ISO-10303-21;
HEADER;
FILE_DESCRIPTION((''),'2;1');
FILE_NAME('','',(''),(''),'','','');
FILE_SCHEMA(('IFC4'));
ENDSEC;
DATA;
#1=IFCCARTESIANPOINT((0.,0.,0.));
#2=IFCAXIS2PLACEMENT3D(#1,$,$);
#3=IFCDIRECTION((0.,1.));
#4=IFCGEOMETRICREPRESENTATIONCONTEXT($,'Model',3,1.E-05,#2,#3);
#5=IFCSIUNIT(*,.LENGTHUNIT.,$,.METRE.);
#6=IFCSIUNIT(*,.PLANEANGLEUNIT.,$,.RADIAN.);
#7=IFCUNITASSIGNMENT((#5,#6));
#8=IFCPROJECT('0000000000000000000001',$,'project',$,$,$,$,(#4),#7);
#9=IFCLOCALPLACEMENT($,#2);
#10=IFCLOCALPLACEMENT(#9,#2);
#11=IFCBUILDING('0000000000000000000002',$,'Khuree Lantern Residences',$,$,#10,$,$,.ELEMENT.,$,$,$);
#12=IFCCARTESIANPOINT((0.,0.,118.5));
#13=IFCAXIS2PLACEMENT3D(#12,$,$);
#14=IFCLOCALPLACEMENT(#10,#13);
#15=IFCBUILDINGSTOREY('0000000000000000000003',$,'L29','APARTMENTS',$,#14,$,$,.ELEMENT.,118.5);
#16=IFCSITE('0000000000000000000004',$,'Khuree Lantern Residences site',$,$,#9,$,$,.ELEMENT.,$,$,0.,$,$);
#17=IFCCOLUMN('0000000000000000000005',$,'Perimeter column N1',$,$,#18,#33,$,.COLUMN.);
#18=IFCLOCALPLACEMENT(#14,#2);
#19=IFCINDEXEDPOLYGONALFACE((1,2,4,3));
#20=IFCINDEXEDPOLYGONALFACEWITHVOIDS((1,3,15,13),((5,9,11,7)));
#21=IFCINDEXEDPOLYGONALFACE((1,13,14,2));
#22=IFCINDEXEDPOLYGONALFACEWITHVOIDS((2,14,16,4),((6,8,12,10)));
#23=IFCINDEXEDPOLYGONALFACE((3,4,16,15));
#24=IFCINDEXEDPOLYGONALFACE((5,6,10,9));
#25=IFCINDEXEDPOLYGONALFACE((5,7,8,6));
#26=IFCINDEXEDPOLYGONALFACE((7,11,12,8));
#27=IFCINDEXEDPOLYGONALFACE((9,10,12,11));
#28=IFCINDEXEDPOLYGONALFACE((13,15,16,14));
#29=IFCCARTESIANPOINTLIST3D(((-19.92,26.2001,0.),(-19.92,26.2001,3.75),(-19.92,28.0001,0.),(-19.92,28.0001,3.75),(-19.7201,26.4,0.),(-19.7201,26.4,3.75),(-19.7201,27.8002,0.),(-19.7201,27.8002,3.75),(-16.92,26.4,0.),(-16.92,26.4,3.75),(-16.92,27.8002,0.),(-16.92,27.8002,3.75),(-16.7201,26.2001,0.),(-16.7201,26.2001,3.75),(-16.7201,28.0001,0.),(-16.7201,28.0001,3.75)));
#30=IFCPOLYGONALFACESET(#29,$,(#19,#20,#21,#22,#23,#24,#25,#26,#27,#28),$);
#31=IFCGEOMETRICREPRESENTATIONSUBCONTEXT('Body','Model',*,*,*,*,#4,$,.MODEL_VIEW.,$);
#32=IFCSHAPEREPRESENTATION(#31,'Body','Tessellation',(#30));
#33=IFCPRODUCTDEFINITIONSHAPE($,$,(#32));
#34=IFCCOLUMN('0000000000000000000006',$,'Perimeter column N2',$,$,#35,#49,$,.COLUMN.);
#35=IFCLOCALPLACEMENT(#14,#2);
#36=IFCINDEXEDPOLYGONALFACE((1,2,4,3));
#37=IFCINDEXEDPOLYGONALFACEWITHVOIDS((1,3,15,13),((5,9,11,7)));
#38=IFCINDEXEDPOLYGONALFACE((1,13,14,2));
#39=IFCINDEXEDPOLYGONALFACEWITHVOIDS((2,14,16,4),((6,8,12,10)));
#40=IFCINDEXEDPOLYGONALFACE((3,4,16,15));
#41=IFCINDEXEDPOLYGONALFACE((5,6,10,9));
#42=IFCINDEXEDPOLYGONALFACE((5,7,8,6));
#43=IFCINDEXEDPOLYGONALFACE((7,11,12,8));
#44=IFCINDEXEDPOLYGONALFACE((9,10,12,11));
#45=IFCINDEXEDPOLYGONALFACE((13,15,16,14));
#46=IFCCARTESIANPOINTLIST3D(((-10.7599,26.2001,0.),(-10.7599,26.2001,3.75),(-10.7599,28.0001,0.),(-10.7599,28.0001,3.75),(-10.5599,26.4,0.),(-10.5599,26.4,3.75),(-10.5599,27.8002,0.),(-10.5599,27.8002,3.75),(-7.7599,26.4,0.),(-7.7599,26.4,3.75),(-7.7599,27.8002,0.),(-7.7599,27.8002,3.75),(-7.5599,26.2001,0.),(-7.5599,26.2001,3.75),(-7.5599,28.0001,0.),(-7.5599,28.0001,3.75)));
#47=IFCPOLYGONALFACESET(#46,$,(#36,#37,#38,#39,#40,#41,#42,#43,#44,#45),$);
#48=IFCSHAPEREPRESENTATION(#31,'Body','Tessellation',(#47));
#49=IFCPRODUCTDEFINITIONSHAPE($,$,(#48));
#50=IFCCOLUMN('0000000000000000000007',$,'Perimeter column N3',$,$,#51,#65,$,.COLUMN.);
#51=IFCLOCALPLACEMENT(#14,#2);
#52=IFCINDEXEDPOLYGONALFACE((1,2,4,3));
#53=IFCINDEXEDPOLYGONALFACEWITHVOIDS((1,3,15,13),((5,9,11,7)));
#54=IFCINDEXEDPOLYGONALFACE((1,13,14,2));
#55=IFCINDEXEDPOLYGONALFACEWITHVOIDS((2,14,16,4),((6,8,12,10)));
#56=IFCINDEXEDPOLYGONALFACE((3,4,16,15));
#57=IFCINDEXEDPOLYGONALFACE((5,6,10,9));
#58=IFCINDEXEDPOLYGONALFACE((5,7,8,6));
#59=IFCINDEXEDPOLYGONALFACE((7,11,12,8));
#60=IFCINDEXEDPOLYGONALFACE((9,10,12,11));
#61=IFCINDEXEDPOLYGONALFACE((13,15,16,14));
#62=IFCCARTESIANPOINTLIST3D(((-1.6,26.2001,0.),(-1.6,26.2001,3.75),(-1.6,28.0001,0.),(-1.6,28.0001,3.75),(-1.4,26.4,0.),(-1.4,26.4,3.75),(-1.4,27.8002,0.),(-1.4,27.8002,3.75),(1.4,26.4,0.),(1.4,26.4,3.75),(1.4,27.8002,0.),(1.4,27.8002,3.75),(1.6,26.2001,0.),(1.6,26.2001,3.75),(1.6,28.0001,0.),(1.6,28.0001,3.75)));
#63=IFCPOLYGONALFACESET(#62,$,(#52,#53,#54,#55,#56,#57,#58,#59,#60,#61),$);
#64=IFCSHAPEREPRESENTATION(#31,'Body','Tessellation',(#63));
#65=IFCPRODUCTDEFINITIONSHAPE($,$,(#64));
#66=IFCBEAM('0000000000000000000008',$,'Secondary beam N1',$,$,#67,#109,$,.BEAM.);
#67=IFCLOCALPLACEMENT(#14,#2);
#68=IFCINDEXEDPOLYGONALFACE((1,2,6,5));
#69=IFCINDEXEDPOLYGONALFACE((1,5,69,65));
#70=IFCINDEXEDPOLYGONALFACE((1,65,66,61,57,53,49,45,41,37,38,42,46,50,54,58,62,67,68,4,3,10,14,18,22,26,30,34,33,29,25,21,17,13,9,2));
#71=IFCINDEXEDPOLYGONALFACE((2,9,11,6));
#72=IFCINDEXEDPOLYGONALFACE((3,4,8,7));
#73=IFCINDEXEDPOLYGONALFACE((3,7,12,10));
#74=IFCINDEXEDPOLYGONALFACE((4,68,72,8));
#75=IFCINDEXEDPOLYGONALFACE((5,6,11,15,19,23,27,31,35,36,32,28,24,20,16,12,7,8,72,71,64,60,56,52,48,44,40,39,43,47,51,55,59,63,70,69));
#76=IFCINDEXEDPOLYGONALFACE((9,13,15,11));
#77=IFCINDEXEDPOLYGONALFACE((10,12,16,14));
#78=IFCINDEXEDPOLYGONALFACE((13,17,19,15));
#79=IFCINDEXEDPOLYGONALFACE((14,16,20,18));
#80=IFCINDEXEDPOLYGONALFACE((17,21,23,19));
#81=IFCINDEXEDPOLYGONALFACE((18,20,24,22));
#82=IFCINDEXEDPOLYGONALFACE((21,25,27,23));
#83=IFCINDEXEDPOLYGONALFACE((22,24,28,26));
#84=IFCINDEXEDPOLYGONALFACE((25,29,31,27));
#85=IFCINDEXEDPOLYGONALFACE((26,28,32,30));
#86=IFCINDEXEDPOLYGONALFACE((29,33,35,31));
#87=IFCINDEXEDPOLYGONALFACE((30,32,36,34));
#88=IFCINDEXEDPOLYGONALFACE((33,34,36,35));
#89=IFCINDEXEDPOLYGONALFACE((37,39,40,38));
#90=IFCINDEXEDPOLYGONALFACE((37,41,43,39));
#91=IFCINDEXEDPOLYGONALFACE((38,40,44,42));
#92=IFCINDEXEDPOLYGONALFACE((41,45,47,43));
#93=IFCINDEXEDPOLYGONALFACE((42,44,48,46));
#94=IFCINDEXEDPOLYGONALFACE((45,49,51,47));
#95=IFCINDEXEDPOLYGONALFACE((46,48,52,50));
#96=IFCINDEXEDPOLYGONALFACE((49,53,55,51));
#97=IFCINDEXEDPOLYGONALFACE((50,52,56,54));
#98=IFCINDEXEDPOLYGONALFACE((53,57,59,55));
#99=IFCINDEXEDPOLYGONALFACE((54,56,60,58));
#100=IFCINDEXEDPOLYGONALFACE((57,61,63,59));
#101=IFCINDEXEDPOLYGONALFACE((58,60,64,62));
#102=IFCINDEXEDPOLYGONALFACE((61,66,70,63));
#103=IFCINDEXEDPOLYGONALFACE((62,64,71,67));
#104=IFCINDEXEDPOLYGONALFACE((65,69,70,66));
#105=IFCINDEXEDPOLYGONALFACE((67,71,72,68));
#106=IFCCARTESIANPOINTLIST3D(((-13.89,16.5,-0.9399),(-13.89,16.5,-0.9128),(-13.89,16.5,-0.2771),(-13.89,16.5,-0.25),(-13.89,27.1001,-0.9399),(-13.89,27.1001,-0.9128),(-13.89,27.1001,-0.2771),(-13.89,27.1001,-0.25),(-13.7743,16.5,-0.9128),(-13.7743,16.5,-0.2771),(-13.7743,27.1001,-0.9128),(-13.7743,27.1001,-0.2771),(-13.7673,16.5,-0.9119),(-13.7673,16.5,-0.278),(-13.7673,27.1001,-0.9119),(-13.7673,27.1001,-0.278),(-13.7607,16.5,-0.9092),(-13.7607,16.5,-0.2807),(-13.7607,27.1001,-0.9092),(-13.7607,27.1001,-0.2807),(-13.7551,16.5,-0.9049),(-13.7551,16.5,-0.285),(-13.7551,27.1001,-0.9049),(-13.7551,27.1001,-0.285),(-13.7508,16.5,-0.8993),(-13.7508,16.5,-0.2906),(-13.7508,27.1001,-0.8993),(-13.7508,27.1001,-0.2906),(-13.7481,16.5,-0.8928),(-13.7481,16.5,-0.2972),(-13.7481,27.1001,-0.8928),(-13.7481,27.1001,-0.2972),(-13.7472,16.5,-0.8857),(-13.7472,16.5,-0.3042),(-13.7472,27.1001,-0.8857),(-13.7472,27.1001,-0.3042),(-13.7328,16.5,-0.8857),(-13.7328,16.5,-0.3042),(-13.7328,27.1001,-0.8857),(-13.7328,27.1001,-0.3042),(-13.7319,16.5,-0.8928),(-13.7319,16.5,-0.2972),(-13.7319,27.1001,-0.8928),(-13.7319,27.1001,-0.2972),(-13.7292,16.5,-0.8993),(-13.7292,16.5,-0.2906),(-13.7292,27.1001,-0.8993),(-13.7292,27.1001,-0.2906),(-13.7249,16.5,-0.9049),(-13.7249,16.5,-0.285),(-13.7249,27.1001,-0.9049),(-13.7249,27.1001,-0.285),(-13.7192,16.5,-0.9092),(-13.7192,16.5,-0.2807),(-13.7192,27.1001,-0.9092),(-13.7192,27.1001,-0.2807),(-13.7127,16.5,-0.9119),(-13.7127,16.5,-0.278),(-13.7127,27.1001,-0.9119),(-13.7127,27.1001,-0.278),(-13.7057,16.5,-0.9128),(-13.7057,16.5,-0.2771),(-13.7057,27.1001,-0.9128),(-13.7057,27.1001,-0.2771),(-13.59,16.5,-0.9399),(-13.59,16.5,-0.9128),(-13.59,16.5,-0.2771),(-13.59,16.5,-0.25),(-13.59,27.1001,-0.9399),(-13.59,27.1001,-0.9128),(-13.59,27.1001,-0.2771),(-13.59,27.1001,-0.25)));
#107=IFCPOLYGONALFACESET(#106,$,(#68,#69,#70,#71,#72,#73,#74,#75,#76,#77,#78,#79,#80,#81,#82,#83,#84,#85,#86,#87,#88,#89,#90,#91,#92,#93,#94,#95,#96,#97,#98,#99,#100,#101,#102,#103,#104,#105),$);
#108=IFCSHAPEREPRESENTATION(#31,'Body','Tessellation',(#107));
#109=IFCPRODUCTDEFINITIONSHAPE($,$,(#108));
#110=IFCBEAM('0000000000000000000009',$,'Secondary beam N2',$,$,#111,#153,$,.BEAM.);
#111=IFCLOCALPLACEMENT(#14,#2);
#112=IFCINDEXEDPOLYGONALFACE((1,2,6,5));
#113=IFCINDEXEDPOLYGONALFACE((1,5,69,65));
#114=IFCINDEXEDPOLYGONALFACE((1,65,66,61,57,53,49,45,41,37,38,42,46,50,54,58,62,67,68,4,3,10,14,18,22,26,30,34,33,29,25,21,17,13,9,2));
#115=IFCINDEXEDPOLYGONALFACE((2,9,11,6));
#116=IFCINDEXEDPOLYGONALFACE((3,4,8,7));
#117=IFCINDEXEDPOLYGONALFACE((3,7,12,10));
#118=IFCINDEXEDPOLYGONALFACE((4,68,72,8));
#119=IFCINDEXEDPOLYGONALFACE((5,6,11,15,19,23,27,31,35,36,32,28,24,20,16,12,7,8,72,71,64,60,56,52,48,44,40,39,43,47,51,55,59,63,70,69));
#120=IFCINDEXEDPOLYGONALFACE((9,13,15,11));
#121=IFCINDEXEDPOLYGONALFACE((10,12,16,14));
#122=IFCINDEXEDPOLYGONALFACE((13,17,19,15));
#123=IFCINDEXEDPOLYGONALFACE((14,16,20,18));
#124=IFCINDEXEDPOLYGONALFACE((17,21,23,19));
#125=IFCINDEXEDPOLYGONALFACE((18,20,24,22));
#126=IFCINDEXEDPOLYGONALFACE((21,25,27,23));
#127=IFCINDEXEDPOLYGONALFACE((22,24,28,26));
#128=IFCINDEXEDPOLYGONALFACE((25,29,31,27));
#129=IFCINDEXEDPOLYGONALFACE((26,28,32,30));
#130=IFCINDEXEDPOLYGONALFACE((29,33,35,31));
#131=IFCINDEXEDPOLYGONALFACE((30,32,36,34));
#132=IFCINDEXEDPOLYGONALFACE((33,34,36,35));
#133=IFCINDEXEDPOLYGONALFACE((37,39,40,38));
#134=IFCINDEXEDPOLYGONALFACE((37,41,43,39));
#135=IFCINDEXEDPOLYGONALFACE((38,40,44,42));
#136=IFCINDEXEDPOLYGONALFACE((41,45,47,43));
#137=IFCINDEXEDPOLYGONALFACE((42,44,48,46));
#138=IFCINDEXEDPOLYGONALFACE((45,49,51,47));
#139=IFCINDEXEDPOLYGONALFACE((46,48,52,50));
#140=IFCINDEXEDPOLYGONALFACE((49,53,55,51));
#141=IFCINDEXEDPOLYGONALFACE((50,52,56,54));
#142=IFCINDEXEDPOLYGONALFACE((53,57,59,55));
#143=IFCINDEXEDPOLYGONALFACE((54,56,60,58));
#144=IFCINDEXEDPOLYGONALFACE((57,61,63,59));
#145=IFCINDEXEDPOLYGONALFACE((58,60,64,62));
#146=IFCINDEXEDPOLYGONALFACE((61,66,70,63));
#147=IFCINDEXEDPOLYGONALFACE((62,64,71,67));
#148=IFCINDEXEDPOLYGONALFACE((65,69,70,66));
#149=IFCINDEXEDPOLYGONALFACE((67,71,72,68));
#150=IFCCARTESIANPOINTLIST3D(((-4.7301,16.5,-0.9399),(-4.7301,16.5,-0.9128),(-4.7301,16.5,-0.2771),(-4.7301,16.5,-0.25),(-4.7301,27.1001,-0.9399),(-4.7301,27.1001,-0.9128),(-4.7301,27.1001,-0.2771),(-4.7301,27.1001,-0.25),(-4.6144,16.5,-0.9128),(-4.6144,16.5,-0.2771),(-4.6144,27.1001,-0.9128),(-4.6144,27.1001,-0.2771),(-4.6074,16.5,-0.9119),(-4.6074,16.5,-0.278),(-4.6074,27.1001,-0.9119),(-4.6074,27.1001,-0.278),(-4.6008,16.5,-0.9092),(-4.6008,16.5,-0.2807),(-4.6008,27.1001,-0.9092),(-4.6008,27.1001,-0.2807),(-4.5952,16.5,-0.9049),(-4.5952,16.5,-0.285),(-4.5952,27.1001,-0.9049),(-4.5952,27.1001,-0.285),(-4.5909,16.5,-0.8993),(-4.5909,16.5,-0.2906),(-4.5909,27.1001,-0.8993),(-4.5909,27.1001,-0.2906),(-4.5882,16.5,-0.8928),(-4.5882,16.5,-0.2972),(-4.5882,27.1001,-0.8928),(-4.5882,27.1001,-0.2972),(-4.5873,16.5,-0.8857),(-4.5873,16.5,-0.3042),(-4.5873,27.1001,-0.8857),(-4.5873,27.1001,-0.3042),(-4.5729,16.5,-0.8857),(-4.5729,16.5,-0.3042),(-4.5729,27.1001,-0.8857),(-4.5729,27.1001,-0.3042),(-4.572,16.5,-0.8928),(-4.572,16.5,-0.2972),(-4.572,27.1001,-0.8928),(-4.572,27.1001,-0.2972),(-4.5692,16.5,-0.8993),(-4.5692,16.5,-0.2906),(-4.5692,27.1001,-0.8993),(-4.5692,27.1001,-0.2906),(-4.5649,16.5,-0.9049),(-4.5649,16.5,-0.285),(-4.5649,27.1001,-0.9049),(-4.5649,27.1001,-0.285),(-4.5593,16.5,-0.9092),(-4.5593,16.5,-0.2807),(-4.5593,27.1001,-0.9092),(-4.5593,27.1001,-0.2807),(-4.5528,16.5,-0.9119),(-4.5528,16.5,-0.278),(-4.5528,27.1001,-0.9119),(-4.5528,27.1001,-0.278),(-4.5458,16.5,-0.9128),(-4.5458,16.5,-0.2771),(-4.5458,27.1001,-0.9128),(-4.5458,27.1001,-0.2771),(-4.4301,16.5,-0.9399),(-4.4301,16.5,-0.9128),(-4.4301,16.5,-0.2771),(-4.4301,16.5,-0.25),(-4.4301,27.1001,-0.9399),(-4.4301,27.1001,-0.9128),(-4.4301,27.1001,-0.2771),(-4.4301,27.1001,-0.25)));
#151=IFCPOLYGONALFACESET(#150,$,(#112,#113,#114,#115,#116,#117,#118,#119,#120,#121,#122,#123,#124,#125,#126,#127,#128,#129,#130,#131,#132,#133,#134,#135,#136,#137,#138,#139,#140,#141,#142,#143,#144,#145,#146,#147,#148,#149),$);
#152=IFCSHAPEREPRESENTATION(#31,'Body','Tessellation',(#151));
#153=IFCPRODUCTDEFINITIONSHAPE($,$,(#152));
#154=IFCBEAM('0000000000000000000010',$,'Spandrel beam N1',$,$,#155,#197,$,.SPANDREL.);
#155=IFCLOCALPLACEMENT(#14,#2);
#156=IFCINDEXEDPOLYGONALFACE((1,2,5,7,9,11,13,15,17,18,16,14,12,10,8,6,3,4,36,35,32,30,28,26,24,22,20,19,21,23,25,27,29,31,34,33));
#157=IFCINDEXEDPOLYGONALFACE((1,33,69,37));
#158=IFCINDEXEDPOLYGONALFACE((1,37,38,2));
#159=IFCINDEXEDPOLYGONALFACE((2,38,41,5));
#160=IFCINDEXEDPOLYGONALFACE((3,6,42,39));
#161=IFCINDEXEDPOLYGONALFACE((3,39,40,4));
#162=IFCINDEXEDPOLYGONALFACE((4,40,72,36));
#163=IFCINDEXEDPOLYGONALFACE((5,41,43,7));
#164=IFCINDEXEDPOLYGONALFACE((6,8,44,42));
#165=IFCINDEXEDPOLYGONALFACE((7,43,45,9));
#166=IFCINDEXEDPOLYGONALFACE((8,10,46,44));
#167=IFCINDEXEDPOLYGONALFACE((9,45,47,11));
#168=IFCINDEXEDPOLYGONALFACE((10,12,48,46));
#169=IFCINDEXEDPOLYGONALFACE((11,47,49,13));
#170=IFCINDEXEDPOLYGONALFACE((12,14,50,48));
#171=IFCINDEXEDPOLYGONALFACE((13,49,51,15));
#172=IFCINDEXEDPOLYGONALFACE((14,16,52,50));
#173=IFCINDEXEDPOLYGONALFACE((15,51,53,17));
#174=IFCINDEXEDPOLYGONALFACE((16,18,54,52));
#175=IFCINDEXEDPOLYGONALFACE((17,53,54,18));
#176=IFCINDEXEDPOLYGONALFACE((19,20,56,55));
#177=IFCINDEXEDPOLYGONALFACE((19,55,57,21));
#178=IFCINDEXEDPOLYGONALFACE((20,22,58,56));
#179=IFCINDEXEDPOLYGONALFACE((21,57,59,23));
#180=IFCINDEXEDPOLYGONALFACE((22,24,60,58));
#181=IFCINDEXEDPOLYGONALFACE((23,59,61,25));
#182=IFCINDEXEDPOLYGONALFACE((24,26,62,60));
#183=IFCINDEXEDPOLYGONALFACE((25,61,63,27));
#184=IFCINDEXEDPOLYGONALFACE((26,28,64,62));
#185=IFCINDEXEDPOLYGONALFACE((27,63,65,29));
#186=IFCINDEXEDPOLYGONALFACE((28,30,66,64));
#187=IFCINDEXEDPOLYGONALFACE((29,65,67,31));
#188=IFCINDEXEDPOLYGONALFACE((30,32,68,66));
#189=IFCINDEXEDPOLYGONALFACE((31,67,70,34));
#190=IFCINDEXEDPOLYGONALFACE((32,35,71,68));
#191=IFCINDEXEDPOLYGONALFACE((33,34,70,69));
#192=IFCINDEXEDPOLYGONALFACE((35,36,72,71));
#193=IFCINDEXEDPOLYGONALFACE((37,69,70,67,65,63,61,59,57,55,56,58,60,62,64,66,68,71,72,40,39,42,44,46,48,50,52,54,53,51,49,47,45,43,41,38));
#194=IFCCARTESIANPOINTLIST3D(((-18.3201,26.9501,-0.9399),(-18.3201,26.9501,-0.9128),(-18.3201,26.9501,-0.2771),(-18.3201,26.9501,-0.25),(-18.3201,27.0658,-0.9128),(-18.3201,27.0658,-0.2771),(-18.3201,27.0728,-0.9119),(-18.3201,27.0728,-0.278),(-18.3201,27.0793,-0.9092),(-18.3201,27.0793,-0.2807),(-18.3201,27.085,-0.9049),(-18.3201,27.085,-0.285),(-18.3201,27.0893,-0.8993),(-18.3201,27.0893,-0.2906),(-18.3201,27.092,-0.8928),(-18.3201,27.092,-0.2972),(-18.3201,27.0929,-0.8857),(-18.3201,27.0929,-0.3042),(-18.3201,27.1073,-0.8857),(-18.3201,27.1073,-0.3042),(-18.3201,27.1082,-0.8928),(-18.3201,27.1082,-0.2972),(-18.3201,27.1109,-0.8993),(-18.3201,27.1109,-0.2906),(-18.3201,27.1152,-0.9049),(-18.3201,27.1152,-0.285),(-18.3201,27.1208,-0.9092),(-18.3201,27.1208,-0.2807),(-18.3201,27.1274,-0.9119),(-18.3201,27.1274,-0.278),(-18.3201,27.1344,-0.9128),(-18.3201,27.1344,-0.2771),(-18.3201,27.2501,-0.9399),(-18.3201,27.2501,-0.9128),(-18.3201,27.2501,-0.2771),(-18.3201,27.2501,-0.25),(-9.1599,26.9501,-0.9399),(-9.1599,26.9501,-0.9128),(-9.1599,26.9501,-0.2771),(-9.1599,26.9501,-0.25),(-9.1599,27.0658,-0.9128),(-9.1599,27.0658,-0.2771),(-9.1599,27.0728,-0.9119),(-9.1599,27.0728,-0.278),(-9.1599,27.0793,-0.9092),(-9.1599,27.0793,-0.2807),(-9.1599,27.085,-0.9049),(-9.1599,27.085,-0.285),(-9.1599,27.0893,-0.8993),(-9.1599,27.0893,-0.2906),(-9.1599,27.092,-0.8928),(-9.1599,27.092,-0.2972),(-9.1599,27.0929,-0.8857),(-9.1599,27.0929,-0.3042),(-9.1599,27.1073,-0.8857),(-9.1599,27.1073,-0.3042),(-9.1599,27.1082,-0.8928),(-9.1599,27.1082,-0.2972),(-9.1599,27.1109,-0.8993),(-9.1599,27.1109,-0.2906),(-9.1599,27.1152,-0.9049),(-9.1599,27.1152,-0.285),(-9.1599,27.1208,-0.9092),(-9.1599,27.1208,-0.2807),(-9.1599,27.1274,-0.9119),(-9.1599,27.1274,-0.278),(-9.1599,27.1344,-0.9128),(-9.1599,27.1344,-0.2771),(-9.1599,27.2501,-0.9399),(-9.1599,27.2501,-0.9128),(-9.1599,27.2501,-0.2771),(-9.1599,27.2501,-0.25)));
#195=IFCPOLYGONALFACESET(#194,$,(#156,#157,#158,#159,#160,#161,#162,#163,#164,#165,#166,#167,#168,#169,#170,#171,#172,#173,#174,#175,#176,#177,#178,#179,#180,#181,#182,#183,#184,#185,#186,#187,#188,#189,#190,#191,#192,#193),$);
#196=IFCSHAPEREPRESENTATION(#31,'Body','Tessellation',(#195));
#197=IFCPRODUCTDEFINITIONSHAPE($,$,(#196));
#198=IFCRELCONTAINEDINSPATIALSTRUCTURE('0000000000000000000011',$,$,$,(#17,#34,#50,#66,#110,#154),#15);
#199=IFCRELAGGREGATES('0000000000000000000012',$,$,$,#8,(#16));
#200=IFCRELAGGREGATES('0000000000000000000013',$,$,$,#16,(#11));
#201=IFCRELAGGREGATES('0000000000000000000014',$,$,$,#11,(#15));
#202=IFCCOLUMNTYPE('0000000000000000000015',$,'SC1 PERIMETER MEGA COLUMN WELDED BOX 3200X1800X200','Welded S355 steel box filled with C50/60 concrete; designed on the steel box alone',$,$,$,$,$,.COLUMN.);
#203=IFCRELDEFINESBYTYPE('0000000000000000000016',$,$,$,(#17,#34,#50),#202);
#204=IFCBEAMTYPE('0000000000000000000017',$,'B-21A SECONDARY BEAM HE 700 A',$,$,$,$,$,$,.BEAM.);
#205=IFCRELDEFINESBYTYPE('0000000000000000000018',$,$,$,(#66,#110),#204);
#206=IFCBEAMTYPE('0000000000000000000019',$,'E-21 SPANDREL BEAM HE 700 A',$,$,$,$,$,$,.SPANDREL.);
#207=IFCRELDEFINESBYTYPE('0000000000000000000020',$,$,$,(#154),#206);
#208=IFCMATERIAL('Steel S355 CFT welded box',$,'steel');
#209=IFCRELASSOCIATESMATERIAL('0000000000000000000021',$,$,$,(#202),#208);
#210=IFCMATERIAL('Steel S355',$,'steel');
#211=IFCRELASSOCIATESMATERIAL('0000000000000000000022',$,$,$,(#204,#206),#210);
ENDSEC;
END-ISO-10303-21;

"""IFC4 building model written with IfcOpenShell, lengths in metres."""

from ifc_helpers import new_model, si_unit, direction, frame, origin, origin_2d, place, context, subcontext, project, spatial, hollow_rectangle, i_section, extrude, material, material_profile, profile_set, type_object, element, save


model = new_model("IFC4")

# Units and contexts
model_context = context("Model", 3, precision=1e-05, world=origin(), true_north=direction((0.0, 1.0)))
body_context = subcontext(model_context, "Body", "Model", "MODEL_VIEW")
ifc_project = project(units=[si_unit("LENGTHUNIT", "METRE"), si_unit("PLANEANGLEUNIT", "RADIAN")], contexts=[model_context])

# Site, building, storey
site_placement = place(None, origin())
site = spatial("IfcSite", under=ifc_project, at=site_placement, Name="Khuree Lantern Residences site", CompositionType="ELEMENT", RefElevation=0.0)
building_placement = place(site_placement, origin())
building = spatial("IfcBuilding", under=site, at=building_placement, Name="Khuree Lantern Residences", CompositionType="ELEMENT")
storey_placement = place(building_placement, frame((0.0, 0.0, 118.5)))
storey = spatial("IfcBuildingStorey", under=building, at=storey_placement, Name="L29", Description="APARTMENTS", CompositionType="ELEMENT", Elevation=118.5)

# Columns
ifc_material_1 = material(Name="Steel S355 CFT welded box", Category="steel")
ifc_material_profile_1 = material_profile(ifc_material_1, hollow_rectangle(XDim=3.2, YDim=1.8, WallThickness=0.2, at=origin_2d()), Name="WELDED BOX 3200X1800X200")
ifc_profile_set_1 = profile_set([ifc_material_profile_1], Name="Steel S355 CFT welded box")
column_type = type_object("IfcColumnType", Name="SC1 PERIMETER MEGA COLUMN WELDED BOX 3200X1800X200", Description="Welded S355 steel box filled with C50/60 concrete; designed on the steel box alone", PredefinedType="COLUMN", material=ifc_profile_set_1)
for number, where, z_axis, x_axis, name in (
    (1, (-18.3201, 27.1001, 0.0), (0.0, 0.0, 1.0), (1.0, 0.0, 0.0), "Perimeter column N1"),
    (2, (-9.1599, 27.1001, 0.0), (0.0, 0.0, 1.0), (1.0, 0.0, 0.0), "Perimeter column N2"),
    (3, (0.0, 27.1001, 0.0), (0.0, 0.0, 1.0), (1.0, 0.0, 0.0), "Perimeter column N3"),
):
    element("IfcColumn", number, at=place(storey_placement, frame(where, z_axis=z_axis, x_axis=x_axis)), inside=storey, type_object=column_type, Name=name, PredefinedType="COLUMN", context=body_context, shape_type="SweptSolid", body=[
        extrude(hollow_rectangle(XDim=3.2, YDim=1.8, WallThickness=0.2, at=origin_2d()), origin(), (0.0, 0.0, 1.0), 3.75),
    ])

# Beams
ifc_material_2 = material(Name="Steel S355", Category="steel")
ifc_material_profile_2 = material_profile(ifc_material_2, i_section(OverallWidth=0.3, OverallDepth=0.6899, WebThickness=0.0144, FlangeThickness=0.0271, FilletRadius=0.0271, at=origin_2d()), Name="HE 700 A")
ifc_profile_set_2 = profile_set([ifc_material_profile_2], Name="Steel S355")
beam_type_1 = type_object("IfcBeamType", Name="B-21A SECONDARY BEAM HE 700 A", PredefinedType="BEAM", material=ifc_profile_set_2)
for number, where, z_axis, x_axis, name in (
    (4, (-13.74, 27.1001, -0.595), (0.0, -1.0, 0.0), (1.0, 0.0, 0.0), "Secondary beam N1"),
    (5, (-4.5801, 27.1001, -0.595), (0.0, -1.0, 0.0), (1.0, 0.0, 0.0), "Secondary beam N2"),
):
    element("IfcBeam", number, at=place(storey_placement, frame(where, z_axis=z_axis, x_axis=x_axis)), inside=storey, type_object=beam_type_1, Name=name, PredefinedType="BEAM", context=body_context, shape_type="SweptSolid", body=[
        extrude(i_section(OverallWidth=0.3, OverallDepth=0.6899, WebThickness=0.0144, FlangeThickness=0.0271, FilletRadius=0.0271, at=origin_2d()), origin(), (0.0, 0.0, 1.0), 10.6001),
    ])
ifc_material_profile_3 = material_profile(ifc_material_2, i_section(OverallWidth=0.3, OverallDepth=0.6899, WebThickness=0.0144, FlangeThickness=0.0271, FilletRadius=0.0271, at=origin_2d()), Name="HE 700 A")
ifc_profile_set_3 = profile_set([ifc_material_profile_3], Name="Steel S355")
beam_type_2 = type_object("IfcBeamType", Name="E-21 SPANDREL BEAM HE 700 A", PredefinedType="SPANDREL", material=ifc_profile_set_3)
beam_1_placement = place(storey_placement, frame((-18.3201, 27.1001, -0.595), z_axis=(1.0, 0.0, 0.0), x_axis=(0.0, 1.0, 0.0)))
element("IfcBeam", 6, at=beam_1_placement, inside=storey, type_object=beam_type_2, Name="Spandrel beam N1", PredefinedType="SPANDREL", context=body_context, shape_type="SweptSolid", body=[
    extrude(i_section(OverallWidth=0.3, OverallDepth=0.6899, WebThickness=0.0144, FlangeThickness=0.0271, FilletRadius=0.0271, at=origin_2d()), origin(), (0.0, 0.0, 1.0), 9.1602),
])

save(model, "model.ifc")
